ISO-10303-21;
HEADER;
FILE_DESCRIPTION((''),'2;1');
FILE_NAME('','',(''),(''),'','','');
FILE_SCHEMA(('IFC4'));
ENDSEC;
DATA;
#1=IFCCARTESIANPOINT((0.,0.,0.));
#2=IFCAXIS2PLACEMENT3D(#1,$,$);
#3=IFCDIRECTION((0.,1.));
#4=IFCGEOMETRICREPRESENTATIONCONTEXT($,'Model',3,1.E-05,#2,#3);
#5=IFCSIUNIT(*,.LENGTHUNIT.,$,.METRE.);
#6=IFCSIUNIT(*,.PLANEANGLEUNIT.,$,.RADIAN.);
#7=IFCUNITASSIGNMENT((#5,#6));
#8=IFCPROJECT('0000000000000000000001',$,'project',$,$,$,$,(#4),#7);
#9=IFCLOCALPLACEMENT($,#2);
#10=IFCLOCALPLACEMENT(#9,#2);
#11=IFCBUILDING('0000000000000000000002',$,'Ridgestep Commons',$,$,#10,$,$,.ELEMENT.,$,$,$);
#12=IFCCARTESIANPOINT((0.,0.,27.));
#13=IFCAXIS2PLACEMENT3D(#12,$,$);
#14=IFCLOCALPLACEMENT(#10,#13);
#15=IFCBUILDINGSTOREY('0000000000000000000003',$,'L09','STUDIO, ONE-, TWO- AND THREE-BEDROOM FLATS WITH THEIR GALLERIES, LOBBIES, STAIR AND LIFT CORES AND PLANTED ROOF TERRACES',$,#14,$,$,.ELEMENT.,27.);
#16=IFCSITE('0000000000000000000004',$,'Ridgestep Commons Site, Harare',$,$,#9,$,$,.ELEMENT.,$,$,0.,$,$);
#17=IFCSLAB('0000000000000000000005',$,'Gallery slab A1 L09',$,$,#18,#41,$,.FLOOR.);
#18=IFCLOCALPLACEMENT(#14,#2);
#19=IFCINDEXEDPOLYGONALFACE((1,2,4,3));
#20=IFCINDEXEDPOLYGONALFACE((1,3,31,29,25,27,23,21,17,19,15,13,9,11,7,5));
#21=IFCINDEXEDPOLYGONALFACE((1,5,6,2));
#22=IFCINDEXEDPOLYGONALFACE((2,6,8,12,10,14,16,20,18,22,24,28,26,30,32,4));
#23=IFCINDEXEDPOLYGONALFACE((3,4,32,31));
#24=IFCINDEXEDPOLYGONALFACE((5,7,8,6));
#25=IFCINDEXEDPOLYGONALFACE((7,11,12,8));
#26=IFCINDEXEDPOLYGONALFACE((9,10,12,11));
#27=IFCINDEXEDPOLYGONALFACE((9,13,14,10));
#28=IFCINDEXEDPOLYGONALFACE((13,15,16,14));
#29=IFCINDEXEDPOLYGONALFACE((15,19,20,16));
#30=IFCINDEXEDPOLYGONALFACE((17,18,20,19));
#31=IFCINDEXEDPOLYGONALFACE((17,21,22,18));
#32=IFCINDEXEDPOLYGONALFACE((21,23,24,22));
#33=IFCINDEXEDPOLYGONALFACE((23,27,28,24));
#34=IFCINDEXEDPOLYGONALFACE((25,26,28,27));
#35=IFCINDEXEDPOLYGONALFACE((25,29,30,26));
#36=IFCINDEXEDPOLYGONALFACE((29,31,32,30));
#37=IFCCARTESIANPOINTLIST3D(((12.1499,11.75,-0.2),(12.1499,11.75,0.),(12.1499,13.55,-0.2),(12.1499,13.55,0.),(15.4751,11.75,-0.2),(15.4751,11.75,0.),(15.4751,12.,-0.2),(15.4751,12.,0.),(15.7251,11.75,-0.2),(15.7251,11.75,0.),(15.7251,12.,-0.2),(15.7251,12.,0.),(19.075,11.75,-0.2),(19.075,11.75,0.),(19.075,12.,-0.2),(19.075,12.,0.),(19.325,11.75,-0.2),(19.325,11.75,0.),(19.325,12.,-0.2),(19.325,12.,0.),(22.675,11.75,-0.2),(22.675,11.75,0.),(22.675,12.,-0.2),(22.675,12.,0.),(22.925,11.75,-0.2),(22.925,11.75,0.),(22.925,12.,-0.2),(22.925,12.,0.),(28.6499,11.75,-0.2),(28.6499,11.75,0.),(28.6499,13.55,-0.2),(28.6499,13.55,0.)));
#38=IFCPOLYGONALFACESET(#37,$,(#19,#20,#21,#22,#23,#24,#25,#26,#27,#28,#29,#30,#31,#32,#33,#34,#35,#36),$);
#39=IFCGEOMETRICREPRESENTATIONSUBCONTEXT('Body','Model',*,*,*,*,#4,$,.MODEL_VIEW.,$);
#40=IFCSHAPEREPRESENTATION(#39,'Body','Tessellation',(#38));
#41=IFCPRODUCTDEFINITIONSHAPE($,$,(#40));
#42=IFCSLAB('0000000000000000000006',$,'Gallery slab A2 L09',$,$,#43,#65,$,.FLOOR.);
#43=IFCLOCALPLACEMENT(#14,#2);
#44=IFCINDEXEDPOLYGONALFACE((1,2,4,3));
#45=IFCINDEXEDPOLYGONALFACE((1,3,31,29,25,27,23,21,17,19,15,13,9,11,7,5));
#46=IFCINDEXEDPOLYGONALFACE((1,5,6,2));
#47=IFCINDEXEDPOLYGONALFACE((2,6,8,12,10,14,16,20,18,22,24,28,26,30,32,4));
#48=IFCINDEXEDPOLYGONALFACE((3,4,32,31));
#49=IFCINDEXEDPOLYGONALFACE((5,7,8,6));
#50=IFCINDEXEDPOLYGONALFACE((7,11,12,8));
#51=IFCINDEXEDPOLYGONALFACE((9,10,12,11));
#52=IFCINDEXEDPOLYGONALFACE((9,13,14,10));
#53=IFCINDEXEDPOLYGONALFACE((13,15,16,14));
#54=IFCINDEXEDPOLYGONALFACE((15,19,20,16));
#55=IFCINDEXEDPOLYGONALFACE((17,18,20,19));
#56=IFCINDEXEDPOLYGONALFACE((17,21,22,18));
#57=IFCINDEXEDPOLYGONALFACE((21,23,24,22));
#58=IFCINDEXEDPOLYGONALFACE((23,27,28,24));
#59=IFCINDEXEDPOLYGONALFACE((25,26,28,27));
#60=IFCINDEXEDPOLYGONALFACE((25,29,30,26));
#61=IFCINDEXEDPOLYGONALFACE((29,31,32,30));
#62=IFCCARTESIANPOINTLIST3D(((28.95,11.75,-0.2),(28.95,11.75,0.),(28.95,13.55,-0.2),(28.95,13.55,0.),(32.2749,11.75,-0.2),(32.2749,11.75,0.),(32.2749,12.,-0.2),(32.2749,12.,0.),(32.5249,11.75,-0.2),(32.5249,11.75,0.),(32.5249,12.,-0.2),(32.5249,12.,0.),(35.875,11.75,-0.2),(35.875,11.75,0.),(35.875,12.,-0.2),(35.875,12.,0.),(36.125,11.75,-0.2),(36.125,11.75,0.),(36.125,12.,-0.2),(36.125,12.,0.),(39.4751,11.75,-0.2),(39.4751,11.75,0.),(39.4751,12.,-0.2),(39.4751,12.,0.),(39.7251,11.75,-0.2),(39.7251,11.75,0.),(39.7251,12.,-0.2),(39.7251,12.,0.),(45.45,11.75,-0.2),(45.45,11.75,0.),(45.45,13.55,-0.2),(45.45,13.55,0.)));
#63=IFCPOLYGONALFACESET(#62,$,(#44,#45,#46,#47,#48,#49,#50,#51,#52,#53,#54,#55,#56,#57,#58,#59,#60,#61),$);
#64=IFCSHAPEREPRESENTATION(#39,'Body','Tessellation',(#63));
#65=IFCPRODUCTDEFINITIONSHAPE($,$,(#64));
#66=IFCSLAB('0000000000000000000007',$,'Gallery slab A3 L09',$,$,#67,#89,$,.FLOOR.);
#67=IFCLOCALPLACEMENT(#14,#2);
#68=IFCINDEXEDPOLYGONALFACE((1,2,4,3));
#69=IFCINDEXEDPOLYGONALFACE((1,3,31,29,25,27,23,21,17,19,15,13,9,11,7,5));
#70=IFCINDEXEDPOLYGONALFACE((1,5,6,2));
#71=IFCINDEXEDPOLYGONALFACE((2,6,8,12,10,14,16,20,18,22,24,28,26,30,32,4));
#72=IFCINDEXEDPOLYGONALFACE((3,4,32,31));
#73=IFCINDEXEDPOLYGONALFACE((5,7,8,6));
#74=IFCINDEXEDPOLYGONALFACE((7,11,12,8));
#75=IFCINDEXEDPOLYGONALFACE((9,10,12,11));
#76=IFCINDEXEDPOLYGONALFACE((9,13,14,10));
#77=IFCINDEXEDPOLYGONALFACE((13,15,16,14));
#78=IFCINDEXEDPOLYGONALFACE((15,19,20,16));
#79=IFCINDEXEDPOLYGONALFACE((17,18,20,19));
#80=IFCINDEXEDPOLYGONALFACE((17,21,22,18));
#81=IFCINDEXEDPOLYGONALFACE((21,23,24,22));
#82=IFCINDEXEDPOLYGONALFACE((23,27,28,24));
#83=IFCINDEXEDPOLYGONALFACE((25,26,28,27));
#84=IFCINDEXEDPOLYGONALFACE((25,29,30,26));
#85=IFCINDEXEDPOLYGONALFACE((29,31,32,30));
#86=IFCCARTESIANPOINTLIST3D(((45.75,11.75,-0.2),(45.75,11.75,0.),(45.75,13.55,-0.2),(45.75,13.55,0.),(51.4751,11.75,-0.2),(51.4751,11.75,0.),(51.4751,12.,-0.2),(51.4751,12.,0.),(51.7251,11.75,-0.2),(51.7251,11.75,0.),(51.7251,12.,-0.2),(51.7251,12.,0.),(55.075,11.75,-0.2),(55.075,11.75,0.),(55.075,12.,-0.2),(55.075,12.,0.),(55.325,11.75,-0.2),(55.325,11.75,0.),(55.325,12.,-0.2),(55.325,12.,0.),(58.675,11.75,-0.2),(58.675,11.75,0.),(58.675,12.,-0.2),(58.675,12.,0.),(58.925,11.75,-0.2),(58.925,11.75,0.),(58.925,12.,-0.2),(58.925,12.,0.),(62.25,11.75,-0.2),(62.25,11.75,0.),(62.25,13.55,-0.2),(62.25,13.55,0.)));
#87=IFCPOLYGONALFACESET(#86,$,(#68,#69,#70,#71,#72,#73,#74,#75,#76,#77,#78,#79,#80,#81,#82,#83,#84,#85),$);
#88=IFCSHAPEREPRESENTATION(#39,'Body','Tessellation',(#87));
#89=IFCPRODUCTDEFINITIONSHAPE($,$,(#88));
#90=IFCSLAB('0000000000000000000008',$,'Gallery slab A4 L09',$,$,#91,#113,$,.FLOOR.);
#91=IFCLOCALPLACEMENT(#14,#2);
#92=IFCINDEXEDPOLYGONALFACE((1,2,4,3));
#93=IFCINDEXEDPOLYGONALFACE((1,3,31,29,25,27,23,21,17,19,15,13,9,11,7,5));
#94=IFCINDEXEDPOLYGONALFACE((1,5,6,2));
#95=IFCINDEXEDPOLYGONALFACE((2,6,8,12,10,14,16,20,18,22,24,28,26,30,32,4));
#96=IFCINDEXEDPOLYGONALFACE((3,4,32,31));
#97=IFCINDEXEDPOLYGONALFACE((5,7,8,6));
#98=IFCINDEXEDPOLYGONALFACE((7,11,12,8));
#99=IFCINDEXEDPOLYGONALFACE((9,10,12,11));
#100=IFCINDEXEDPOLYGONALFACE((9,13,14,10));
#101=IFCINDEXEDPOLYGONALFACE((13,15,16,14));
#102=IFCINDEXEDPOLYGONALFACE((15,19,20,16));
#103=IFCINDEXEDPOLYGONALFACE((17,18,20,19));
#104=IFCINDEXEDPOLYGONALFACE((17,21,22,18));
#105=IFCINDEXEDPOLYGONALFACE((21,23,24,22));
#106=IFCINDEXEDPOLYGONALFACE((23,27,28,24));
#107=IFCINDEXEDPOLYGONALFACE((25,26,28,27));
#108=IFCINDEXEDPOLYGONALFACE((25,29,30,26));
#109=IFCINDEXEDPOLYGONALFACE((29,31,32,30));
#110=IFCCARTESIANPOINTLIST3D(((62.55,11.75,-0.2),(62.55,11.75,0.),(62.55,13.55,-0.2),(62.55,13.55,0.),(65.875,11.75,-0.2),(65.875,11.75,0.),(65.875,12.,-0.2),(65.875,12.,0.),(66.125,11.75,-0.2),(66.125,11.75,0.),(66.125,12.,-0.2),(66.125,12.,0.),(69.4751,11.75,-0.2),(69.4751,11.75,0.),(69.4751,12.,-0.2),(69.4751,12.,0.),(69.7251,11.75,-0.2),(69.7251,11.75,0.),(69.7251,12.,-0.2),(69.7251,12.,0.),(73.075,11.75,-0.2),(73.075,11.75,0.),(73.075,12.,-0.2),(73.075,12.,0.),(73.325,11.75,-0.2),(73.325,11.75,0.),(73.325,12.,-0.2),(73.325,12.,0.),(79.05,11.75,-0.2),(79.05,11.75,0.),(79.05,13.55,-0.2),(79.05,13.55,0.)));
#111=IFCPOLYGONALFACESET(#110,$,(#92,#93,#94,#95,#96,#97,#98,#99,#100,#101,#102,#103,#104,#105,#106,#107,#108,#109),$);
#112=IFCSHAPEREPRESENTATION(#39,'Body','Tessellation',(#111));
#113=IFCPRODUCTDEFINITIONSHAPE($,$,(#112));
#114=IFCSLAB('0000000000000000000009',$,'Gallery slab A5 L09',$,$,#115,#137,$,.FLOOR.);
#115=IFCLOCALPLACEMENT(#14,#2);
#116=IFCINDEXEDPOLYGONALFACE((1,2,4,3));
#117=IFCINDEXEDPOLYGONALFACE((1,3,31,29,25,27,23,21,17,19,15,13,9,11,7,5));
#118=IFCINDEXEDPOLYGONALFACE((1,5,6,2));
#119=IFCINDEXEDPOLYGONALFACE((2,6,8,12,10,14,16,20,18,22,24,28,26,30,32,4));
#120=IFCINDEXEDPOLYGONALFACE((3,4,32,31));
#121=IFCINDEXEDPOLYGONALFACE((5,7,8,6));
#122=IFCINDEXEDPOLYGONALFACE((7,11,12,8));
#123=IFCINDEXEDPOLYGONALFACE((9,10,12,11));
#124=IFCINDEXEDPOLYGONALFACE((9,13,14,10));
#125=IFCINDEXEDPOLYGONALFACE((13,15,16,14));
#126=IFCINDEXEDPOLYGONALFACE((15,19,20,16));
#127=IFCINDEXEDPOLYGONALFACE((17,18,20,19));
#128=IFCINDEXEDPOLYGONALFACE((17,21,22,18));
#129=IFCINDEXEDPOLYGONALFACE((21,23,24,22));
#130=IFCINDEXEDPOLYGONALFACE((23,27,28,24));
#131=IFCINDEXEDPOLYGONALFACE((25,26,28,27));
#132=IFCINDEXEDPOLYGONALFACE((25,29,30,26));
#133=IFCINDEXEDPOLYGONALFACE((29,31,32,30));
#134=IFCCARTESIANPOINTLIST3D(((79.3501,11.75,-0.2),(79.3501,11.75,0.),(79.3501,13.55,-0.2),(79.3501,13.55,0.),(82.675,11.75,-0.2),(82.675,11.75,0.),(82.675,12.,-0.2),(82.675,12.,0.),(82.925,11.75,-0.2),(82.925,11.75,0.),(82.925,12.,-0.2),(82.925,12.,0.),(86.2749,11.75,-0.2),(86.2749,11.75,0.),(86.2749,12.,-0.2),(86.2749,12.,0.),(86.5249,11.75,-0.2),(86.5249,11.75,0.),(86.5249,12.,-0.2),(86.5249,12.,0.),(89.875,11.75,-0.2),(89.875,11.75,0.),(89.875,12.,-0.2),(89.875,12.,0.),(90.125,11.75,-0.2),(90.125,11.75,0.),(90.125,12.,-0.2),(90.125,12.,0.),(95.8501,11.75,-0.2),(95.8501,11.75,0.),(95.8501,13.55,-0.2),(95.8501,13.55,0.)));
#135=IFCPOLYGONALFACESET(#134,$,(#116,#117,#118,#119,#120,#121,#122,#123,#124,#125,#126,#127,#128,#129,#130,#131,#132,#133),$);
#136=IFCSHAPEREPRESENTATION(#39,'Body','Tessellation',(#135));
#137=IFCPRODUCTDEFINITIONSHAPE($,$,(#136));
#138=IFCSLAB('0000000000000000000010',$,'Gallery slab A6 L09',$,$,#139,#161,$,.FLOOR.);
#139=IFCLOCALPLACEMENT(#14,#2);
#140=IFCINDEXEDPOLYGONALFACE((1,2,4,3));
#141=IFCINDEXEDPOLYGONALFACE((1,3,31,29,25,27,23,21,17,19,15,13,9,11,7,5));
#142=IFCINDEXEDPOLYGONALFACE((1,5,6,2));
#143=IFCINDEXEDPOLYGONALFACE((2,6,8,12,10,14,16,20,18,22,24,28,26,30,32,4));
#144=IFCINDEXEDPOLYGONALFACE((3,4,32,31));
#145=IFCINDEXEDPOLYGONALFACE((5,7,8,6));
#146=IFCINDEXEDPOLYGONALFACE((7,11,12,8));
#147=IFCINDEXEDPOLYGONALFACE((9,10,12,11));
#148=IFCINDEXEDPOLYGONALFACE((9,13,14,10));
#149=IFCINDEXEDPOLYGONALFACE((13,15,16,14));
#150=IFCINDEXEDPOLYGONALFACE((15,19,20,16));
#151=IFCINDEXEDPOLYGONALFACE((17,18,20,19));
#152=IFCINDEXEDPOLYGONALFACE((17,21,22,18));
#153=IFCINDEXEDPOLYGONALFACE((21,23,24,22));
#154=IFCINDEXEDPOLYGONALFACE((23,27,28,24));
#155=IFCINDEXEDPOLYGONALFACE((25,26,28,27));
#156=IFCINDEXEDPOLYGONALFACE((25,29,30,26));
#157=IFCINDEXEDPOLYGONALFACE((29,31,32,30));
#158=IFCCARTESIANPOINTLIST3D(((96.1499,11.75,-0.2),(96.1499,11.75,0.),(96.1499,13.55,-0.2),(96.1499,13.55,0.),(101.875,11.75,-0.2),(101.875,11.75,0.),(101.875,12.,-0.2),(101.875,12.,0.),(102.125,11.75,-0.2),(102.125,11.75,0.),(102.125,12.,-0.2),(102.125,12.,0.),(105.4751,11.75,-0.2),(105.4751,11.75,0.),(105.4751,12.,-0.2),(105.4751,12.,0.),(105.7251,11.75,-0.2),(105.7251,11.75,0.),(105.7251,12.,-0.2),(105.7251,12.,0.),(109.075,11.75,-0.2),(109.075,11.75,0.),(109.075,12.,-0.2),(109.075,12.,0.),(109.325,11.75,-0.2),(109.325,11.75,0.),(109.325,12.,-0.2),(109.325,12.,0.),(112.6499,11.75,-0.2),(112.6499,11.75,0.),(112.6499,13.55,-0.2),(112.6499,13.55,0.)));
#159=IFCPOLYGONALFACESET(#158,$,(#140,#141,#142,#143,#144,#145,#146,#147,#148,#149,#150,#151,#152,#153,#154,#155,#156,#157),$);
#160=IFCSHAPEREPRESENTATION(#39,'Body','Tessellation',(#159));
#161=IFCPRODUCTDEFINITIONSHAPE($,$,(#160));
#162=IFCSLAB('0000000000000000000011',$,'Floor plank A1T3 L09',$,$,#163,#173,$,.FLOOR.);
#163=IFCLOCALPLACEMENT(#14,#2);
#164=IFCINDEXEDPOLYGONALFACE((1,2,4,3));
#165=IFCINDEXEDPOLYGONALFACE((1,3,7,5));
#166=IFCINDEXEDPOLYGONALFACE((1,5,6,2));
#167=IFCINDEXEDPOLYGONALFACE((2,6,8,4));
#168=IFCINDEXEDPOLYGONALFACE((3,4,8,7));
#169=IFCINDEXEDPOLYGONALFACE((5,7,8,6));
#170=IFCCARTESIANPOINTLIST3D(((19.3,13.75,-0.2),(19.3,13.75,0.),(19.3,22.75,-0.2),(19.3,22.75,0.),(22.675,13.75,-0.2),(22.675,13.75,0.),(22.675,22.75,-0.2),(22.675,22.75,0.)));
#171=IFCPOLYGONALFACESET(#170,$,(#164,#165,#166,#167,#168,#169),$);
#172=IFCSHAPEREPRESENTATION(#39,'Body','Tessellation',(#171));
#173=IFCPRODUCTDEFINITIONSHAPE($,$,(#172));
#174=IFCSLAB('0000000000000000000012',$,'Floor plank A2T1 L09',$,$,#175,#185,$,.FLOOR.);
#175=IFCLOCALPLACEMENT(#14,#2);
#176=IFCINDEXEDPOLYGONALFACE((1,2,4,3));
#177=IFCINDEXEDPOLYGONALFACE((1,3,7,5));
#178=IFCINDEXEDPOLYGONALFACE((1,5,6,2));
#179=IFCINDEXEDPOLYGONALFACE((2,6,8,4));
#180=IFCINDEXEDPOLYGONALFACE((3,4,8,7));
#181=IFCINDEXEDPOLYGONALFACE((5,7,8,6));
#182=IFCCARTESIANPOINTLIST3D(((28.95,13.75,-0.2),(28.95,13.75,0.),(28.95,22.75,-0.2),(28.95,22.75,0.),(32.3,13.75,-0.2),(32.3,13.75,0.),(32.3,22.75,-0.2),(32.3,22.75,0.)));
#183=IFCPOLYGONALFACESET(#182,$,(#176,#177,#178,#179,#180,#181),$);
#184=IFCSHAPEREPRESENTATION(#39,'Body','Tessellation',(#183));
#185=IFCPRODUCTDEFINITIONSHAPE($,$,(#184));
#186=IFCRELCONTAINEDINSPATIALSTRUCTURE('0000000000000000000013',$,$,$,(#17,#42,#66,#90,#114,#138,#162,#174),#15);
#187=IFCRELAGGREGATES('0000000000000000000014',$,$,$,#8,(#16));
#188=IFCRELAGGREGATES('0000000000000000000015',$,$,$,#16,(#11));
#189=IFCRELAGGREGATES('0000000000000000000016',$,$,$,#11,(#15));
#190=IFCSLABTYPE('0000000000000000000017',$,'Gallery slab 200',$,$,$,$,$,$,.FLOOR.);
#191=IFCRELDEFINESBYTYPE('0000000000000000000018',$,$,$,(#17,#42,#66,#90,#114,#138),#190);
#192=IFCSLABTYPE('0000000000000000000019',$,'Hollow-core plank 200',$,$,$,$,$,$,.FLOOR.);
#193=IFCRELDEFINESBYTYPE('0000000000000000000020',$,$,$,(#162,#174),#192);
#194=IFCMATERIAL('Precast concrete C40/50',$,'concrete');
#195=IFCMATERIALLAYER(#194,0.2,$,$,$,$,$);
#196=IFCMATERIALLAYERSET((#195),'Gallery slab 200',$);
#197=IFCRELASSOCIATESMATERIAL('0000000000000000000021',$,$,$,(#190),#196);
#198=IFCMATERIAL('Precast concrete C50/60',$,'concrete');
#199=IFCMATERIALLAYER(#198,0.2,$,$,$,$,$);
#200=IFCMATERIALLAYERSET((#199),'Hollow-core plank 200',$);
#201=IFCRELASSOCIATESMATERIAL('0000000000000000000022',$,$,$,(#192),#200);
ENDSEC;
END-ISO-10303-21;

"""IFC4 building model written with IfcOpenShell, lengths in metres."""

from ifc_helpers import new_model, si_unit, direction, frame, origin, place, context, subcontext, project, spatial, polyline, outline, extrude, material, layer, layer_set, type_object, element, save


model = new_model("IFC4")

# Units and contexts
model_context = context("Model", 3, precision=1e-05, world=origin(), true_north=direction((0.0, 1.0)))
body_context = subcontext(model_context, "Body", "Model", "MODEL_VIEW")
ifc_project = project(units=[si_unit("LENGTHUNIT", "METRE"), si_unit("PLANEANGLEUNIT", "RADIAN")], contexts=[model_context])

# Site, building, storey
site_placement = place(None, origin())
site = spatial("IfcSite", under=ifc_project, at=site_placement, Name="Ridgestep Commons Site, Harare", CompositionType="ELEMENT", RefElevation=0.0)
building_placement = place(site_placement, origin())
building = spatial("IfcBuilding", under=site, at=building_placement, Name="Ridgestep Commons", CompositionType="ELEMENT")
storey_placement = place(building_placement, frame((0.0, 0.0, 27.0)))
storey = spatial("IfcBuildingStorey", under=building, at=storey_placement, Name="L09", Description="STUDIO, ONE-, TWO- AND THREE-BEDROOM FLATS WITH THEIR GALLERIES, LOBBIES, STAIR AND LIFT CORES AND PLANTED ROOF TERRACES", CompositionType="ELEMENT", Elevation=27.0)

# Slabs
ifc_material_1 = material(Name="Precast concrete C40/50", Category="concrete")
ifc_layer_1 = layer(ifc_material_1, 0.2)
ifc_layer_set_1 = layer_set([ifc_layer_1], Name="Gallery slab 200")
slab_type_1 = type_object("IfcSlabType", Name="Gallery slab 200", PredefinedType="FLOOR", material=ifc_layer_set_1)
slab_1_placement = place(storey_placement, frame((0.0, 0.0, -0.2)))
element("IfcSlab", 1, at=slab_1_placement, inside=storey, type_object=slab_type_1, Name="Gallery slab A1 L09", PredefinedType="FLOOR", context=body_context, shape_type="SweptSolid", body=[
    extrude(outline(polyline([(28.6499, 13.55), (12.1499, 13.55), (12.1499, 11.75), (15.4751, 11.75), (15.4751, 12.0), (15.7251, 12.0), (15.7251, 11.75), (19.075, 11.75), (19.075, 12.0), (19.325, 12.0), (19.325, 11.75), (22.675, 11.75), (22.675, 12.0), (22.925, 12.0), (22.925, 11.75), (28.6499, 11.75), (28.6499, 13.55)])), origin(), (0.0, 0.0, 1.0), 0.2),
])
slab_2_placement = place(storey_placement, frame((0.0, 0.0, -0.2)))
element("IfcSlab", 2, at=slab_2_placement, inside=storey, type_object=slab_type_1, Name="Gallery slab A2 L09", PredefinedType="FLOOR", context=body_context, shape_type="SweptSolid", body=[
    extrude(outline(polyline([(45.45, 13.55), (28.95, 13.55), (28.95, 11.75), (32.2749, 11.75), (32.2749, 12.0), (32.5249, 12.0), (32.5249, 11.75), (35.875, 11.75), (35.875, 12.0), (36.125, 12.0), (36.125, 11.75), (39.4751, 11.75), (39.4751, 12.0), (39.7251, 12.0), (39.7251, 11.75), (45.45, 11.75), (45.45, 13.55)])), origin(), (0.0, 0.0, 1.0), 0.2),
])
slab_3_placement = place(storey_placement, frame((0.0, 0.0, -0.2)))
element("IfcSlab", 3, at=slab_3_placement, inside=storey, type_object=slab_type_1, Name="Gallery slab A3 L09", PredefinedType="FLOOR", context=body_context, shape_type="SweptSolid", body=[
    extrude(outline(polyline([(62.25, 13.55), (45.75, 13.55), (45.75, 11.75), (51.4751, 11.75), (51.4751, 12.0), (51.7251, 12.0), (51.7251, 11.75), (55.075, 11.75), (55.075, 12.0), (55.325, 12.0), (55.325, 11.75), (58.675, 11.75), (58.675, 12.0), (58.925, 12.0), (58.925, 11.75), (62.25, 11.75), (62.25, 13.55)])), origin(), (0.0, 0.0, 1.0), 0.2),
])
slab_4_placement = place(storey_placement, frame((0.0, 0.0, -0.2)))
element("IfcSlab", 4, at=slab_4_placement, inside=storey, type_object=slab_type_1, Name="Gallery slab A4 L09", PredefinedType="FLOOR", context=body_context, shape_type="SweptSolid", body=[
    extrude(outline(polyline([(79.05, 13.55), (62.55, 13.55), (62.55, 11.75), (65.875, 11.75), (65.875, 12.0), (66.125, 12.0), (66.125, 11.75), (69.4751, 11.75), (69.4751, 12.0), (69.7251, 12.0), (69.7251, 11.75), (73.075, 11.75), (73.075, 12.0), (73.325, 12.0), (73.325, 11.75), (79.05, 11.75), (79.05, 13.55)])), origin(), (0.0, 0.0, 1.0), 0.2),
])
slab_5_placement = place(storey_placement, frame((0.0, 0.0, -0.2)))
element("IfcSlab", 5, at=slab_5_placement, inside=storey, type_object=slab_type_1, Name="Gallery slab A5 L09", PredefinedType="FLOOR", context=body_context, shape_type="SweptSolid", body=[
    extrude(outline(polyline([(95.8501, 13.55), (79.3501, 13.55), (79.3501, 11.75), (82.675, 11.75), (82.675, 12.0), (82.925, 12.0), (82.925, 11.75), (86.2749, 11.75), (86.2749, 12.0), (86.5249, 12.0), (86.5249, 11.75), (89.875, 11.75), (89.875, 12.0), (90.125, 12.0), (90.125, 11.75), (95.8501, 11.75), (95.8501, 13.55)])), origin(), (0.0, 0.0, 1.0), 0.2),
])
slab_6_placement = place(storey_placement, frame((0.0, 0.0, -0.2)))
element("IfcSlab", 6, at=slab_6_placement, inside=storey, type_object=slab_type_1, Name="Gallery slab A6 L09", PredefinedType="FLOOR", context=body_context, shape_type="SweptSolid", body=[
    extrude(outline(polyline([(112.6499, 13.55), (96.1499, 13.55), (96.1499, 11.75), (101.875, 11.75), (101.875, 12.0), (102.125, 12.0), (102.125, 11.75), (105.4751, 11.75), (105.4751, 12.0), (105.7251, 12.0), (105.7251, 11.75), (109.075, 11.75), (109.075, 12.0), (109.325, 12.0), (109.325, 11.75), (112.6499, 11.75), (112.6499, 13.55)])), origin(), (0.0, 0.0, 1.0), 0.2),
])
ifc_material_2 = material(Name="Precast concrete C50/60", Category="concrete")
ifc_layer_2 = layer(ifc_material_2, 0.2)
ifc_layer_set_2 = layer_set([ifc_layer_2], Name="Hollow-core plank 200")
slab_type_2 = type_object("IfcSlabType", Name="Hollow-core plank 200", PredefinedType="FLOOR", material=ifc_layer_set_2)
slab_7_placement = place(storey_placement, frame((0.0, 0.0, -0.2)))
element("IfcSlab", 7, at=slab_7_placement, inside=storey, type_object=slab_type_2, Name="Floor plank A1T3 L09", PredefinedType="FLOOR", context=body_context, shape_type="SweptSolid", body=[
    extrude(outline(polyline([(22.675, 13.75), (22.675, 22.75), (19.3, 22.75), (19.3, 13.75), (22.675, 13.75)])), origin(), (0.0, 0.0, 1.0), 0.2),
])
slab_8_placement = place(storey_placement, frame((0.0, 0.0, -0.2)))
element("IfcSlab", 8, at=slab_8_placement, inside=storey, type_object=slab_type_2, Name="Floor plank A2T1 L09", PredefinedType="FLOOR", context=body_context, shape_type="SweptSolid", body=[
    extrude(outline(polyline([(32.3, 13.75), (32.3, 22.75), (28.95, 22.75), (28.95, 13.75), (32.3, 13.75)])), origin(), (0.0, 0.0, 1.0), 0.2),
])

save(model, "model.ifc")
